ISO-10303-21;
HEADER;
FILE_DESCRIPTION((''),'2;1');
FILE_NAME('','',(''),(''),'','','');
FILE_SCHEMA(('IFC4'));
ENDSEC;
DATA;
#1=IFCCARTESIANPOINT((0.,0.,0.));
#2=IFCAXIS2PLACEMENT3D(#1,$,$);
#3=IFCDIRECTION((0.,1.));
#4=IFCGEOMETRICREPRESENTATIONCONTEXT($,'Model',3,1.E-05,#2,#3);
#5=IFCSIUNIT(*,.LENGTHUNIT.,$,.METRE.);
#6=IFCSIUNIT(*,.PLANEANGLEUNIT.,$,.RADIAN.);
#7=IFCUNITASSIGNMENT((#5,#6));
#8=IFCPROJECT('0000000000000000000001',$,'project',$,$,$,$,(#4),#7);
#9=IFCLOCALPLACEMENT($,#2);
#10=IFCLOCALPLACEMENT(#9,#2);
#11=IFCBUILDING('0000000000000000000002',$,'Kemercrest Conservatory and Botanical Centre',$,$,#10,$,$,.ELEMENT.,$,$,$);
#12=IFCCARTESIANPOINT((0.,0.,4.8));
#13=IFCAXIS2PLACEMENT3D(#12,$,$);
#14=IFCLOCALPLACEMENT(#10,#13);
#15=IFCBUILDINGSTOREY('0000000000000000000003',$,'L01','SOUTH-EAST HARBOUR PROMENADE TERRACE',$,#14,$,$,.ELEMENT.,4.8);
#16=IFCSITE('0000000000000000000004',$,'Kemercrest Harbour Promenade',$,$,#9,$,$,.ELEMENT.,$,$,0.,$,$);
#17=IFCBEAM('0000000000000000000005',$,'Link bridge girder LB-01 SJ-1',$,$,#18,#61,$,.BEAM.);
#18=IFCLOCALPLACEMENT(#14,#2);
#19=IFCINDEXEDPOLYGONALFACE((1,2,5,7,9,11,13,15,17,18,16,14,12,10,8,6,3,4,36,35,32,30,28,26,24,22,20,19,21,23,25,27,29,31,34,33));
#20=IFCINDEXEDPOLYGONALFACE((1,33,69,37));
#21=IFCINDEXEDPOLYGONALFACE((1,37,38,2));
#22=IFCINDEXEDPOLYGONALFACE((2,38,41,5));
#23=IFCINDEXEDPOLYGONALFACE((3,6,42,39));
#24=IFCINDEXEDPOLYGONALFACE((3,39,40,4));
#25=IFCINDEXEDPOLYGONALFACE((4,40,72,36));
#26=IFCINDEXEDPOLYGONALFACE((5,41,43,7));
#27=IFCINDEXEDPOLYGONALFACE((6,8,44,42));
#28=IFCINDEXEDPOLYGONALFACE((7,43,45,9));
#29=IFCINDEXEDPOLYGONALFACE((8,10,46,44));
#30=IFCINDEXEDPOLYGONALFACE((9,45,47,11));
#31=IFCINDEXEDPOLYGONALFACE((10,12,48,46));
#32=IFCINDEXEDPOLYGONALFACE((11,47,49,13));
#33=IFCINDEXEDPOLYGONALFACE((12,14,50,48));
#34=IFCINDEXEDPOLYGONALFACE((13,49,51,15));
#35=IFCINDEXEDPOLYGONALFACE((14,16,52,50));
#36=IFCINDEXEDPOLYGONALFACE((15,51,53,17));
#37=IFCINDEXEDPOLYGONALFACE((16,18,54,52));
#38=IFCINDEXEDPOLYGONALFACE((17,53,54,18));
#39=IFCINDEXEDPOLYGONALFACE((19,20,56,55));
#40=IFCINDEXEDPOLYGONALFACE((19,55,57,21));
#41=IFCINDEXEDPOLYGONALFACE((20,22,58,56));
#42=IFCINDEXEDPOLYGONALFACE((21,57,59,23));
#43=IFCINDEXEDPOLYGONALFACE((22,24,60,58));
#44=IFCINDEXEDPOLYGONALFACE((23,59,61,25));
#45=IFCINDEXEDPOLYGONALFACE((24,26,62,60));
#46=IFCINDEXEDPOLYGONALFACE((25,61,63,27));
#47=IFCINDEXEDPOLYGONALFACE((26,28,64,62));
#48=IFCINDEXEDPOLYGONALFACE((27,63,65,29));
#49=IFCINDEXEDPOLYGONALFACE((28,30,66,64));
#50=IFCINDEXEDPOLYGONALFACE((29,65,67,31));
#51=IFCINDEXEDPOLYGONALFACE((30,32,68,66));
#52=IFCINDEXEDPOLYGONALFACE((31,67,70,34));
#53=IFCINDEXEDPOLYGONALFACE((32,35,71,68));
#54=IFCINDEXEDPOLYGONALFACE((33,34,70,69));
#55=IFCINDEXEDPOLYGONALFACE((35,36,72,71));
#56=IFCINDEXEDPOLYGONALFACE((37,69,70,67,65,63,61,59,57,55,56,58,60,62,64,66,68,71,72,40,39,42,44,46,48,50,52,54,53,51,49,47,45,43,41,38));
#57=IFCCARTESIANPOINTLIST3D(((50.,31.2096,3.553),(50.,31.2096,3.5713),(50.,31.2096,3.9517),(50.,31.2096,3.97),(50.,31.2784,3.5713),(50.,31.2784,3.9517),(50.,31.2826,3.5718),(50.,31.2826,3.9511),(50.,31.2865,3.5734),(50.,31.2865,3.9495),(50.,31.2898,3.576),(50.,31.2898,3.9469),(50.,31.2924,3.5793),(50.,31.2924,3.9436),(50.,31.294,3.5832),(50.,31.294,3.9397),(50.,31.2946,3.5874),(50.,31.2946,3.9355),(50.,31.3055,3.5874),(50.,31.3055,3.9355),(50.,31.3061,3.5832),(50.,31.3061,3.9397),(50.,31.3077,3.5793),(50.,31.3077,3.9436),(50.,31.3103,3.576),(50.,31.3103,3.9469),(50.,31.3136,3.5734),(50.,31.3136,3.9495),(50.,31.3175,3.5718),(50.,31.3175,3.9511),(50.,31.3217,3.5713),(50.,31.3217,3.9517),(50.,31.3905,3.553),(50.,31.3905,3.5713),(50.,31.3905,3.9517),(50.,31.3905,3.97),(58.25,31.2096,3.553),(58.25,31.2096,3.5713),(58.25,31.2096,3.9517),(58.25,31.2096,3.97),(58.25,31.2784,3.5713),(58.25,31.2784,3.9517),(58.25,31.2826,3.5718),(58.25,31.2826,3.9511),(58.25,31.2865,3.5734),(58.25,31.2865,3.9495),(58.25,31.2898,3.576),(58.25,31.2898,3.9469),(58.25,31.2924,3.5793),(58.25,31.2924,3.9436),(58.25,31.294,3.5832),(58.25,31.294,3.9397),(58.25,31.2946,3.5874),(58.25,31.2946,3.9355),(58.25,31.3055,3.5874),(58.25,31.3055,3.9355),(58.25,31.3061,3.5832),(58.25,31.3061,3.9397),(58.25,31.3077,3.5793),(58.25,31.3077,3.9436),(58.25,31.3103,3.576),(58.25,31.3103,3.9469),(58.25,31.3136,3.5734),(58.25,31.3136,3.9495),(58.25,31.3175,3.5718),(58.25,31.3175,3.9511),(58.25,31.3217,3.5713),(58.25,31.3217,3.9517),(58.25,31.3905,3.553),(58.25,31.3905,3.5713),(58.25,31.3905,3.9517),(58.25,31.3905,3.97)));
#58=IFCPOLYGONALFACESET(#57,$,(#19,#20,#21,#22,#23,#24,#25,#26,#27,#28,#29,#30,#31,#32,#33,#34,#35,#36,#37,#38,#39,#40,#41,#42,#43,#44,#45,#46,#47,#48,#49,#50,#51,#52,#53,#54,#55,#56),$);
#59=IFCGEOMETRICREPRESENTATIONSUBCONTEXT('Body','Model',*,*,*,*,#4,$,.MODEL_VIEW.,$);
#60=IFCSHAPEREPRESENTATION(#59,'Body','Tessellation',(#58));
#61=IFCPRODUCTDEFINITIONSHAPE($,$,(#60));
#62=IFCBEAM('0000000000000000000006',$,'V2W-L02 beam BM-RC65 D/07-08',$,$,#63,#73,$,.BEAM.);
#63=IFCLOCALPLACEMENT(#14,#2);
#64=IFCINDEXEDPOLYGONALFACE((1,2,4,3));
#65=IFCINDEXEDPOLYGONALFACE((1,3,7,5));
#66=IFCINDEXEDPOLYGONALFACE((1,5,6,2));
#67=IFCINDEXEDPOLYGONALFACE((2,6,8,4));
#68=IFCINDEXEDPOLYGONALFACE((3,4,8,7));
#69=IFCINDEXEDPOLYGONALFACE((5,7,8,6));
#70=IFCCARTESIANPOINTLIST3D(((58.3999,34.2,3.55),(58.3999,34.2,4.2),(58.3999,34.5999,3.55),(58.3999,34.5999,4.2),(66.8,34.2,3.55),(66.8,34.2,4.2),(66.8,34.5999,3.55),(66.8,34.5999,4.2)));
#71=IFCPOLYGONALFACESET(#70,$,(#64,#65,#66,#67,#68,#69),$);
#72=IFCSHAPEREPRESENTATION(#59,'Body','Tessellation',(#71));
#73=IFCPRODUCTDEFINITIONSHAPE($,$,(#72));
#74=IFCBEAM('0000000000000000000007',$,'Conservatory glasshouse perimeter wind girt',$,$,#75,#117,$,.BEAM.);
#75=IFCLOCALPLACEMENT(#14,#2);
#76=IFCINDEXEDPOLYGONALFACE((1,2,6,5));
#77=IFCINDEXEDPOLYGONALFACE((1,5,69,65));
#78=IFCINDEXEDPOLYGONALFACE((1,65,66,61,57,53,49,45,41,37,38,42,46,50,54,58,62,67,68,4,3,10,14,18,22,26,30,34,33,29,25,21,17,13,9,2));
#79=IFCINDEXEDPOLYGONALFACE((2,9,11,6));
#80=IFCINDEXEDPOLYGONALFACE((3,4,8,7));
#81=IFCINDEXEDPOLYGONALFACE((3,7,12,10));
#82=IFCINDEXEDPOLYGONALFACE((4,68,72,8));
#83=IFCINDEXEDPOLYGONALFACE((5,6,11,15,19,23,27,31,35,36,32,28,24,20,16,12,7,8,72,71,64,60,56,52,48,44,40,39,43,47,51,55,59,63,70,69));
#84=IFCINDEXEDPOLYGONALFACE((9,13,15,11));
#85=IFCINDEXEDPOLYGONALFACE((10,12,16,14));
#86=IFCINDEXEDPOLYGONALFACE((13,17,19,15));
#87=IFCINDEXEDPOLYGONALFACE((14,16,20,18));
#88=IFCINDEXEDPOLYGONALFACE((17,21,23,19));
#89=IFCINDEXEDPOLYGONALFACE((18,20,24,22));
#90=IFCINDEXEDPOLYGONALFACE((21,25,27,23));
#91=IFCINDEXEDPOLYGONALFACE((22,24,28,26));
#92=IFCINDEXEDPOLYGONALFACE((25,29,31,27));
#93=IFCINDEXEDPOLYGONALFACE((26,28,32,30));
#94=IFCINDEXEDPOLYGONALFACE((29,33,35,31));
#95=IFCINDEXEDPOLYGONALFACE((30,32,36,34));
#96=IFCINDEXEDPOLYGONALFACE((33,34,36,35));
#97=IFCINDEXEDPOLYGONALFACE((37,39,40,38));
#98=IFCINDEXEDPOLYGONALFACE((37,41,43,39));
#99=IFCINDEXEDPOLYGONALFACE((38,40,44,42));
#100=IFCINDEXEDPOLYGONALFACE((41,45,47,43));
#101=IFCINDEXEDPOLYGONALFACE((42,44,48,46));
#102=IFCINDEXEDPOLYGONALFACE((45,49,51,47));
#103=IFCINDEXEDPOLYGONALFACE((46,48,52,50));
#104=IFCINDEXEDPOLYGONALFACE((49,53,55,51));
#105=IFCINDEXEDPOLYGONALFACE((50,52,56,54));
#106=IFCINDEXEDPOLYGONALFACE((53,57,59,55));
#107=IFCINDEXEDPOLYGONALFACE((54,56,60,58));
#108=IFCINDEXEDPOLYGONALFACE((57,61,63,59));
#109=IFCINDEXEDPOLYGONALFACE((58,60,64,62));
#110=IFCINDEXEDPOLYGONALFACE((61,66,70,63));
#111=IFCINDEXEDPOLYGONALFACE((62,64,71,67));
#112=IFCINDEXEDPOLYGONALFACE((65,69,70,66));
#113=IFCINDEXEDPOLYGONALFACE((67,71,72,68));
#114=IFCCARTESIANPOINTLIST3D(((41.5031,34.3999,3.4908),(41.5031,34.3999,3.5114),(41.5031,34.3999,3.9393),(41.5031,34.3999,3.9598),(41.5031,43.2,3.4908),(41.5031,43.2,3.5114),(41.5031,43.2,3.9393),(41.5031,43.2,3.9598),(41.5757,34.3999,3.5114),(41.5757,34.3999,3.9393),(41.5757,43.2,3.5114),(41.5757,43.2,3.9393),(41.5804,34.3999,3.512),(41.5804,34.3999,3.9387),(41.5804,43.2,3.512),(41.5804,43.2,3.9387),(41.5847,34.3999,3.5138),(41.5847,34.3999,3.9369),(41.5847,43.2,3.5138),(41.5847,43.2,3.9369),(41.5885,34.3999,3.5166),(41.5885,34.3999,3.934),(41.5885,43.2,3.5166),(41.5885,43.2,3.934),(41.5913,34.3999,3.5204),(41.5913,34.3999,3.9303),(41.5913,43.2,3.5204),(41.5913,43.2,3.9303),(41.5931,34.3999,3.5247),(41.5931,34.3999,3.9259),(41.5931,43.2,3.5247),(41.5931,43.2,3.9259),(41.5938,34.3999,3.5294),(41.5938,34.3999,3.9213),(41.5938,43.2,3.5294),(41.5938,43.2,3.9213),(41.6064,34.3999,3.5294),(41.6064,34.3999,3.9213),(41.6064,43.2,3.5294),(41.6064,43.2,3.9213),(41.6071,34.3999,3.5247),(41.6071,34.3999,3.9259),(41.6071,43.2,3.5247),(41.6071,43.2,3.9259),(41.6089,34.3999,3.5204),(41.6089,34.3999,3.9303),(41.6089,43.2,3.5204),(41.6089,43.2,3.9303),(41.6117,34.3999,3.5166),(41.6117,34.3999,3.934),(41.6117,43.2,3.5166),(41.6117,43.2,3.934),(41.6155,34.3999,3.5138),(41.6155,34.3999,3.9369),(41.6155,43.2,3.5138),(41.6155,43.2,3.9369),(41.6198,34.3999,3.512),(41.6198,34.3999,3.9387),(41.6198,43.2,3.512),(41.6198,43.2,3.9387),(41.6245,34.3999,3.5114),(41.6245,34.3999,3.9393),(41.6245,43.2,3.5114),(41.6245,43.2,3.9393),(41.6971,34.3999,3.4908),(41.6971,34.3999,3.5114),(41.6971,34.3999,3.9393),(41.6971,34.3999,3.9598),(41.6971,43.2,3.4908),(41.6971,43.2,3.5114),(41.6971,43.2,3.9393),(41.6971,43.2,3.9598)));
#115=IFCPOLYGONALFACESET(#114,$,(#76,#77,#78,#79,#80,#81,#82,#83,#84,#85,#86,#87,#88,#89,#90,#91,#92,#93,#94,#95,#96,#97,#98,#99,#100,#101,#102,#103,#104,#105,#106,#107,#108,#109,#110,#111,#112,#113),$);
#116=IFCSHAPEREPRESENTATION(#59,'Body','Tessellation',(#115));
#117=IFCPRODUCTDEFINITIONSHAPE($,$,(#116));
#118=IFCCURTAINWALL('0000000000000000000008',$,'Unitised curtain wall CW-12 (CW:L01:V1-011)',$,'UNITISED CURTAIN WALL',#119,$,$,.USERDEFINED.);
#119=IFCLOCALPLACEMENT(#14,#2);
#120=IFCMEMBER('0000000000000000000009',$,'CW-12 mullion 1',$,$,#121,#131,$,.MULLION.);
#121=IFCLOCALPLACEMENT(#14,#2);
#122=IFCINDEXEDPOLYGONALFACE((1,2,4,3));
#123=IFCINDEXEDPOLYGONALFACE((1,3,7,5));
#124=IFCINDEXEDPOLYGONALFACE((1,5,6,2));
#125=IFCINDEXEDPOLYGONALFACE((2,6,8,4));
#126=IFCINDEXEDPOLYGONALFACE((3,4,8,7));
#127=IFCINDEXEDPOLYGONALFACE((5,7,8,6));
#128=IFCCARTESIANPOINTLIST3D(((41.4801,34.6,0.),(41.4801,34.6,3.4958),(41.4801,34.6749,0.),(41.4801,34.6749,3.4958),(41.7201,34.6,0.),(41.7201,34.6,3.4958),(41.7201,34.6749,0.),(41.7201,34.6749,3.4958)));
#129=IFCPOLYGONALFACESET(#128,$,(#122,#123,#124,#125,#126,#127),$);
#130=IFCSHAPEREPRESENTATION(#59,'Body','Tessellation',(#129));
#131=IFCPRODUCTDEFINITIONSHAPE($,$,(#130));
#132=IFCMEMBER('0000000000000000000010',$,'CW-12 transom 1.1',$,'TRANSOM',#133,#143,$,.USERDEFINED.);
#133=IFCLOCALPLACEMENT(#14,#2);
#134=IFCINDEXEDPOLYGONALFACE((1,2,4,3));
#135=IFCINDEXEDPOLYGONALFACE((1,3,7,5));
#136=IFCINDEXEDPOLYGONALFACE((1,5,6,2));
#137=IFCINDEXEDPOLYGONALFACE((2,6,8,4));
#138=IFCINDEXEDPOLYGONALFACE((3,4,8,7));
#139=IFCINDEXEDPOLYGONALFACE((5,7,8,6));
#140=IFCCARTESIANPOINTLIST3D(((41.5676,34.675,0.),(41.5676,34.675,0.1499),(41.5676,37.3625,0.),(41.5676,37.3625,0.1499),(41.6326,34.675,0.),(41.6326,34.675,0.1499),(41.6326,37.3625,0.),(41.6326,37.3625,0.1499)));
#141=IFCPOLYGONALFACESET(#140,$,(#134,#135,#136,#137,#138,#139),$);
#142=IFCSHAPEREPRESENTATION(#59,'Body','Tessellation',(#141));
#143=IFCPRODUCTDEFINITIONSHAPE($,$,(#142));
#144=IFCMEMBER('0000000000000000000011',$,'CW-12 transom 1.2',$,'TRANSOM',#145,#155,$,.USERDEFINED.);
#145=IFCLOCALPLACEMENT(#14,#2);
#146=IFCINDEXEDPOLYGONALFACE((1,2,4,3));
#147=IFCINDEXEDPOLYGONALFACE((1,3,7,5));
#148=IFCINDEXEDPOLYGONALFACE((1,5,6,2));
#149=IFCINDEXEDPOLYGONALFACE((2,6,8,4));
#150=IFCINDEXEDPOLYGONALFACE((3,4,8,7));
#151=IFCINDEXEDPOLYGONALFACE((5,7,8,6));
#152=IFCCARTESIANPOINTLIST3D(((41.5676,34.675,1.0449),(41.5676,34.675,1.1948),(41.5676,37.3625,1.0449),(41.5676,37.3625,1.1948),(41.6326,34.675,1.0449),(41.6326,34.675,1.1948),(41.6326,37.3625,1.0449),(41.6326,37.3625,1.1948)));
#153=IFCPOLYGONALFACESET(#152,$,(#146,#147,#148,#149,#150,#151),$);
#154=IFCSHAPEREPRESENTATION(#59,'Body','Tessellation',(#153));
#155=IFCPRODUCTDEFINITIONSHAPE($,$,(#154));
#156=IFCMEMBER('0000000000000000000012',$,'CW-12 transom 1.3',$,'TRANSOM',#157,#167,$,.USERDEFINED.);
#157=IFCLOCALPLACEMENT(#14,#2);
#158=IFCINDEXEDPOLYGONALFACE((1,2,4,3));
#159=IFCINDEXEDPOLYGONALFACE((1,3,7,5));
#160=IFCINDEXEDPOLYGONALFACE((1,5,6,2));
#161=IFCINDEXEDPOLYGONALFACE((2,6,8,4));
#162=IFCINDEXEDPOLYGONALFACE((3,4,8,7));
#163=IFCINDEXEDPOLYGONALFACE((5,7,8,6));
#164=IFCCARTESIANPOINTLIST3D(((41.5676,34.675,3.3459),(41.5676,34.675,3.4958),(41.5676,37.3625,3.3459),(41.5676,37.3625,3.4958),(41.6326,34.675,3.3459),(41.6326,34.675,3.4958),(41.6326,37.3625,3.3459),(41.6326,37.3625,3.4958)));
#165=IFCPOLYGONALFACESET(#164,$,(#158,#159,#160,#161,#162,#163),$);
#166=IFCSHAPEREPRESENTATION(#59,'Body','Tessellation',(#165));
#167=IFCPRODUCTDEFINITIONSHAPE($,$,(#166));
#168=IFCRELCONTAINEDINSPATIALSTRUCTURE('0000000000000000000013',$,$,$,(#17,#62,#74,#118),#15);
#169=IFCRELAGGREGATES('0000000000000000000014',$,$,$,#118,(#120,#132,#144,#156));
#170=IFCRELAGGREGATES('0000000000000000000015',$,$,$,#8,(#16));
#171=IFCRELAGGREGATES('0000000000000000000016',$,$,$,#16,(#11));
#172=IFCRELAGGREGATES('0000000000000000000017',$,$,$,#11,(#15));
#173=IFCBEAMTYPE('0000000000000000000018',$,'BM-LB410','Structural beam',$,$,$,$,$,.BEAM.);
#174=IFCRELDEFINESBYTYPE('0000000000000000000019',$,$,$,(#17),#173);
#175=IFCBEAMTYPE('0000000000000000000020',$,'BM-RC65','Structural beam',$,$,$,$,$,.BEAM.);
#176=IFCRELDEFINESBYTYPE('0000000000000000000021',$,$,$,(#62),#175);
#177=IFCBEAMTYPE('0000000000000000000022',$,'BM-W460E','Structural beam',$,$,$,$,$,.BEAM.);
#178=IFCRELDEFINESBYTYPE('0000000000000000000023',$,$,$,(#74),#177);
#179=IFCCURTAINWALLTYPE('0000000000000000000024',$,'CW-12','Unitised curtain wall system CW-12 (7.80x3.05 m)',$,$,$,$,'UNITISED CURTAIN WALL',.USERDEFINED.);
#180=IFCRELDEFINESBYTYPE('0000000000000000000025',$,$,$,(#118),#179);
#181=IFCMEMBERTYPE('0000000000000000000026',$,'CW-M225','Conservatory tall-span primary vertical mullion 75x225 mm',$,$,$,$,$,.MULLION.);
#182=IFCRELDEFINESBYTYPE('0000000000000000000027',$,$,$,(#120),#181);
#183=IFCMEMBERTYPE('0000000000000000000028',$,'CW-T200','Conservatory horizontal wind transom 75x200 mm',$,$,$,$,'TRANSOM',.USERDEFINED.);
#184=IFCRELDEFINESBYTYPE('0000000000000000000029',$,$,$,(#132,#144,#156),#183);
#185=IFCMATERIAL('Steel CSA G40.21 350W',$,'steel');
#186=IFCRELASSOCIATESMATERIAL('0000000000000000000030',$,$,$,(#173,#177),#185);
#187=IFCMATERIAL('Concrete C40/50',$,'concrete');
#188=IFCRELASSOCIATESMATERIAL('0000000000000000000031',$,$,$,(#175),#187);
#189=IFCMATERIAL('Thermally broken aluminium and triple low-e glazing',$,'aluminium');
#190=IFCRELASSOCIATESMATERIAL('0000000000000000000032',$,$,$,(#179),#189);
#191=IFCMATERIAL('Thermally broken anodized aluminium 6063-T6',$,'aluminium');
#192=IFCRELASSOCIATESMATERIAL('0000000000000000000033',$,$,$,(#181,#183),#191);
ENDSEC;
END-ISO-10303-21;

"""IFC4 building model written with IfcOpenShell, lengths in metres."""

from ifc_helpers import new_model, si_unit, direction, frame, origin, origin_2d, place, context, subcontext, project, spatial, rectangle, i_section, extrude, material, material_profile, profile_set, type_object, element, aggregate, save


model = new_model("IFC4")

# Units and contexts
model_context = context("Model", 3, precision=1e-05, world=origin(), true_north=direction((0.0, 1.0)))
body_context = subcontext(model_context, "Body", "Model", "MODEL_VIEW")
ifc_project = project(units=[si_unit("LENGTHUNIT", "METRE"), si_unit("PLANEANGLEUNIT", "RADIAN")], contexts=[model_context])

# Site, building, storey
site_placement = place(None, origin())
site = spatial("IfcSite", under=ifc_project, at=site_placement, Name="Kemercrest Harbour Promenade", CompositionType="ELEMENT", RefElevation=0.0)
building_placement = place(site_placement, origin())
building = spatial("IfcBuilding", under=site, at=building_placement, Name="Kemercrest Conservatory and Botanical Centre", CompositionType="ELEMENT")
storey_placement = place(building_placement, frame((0.0, 0.0, 4.8)))
storey = spatial("IfcBuildingStorey", under=building, at=storey_placement, Name="L01", Description="SOUTH-EAST HARBOUR PROMENADE TERRACE", CompositionType="ELEMENT", Elevation=4.8)

# Shared definitions
ifc_material_1 = material(Name="Concrete C40/50", Category="concrete")
ifc_material_2 = material(Name="Steel CSA G40.21 350W", Category="steel")

# Beams
ifc_material_profile_1 = material_profile(ifc_material_2, i_section(OverallWidth=0.1809, OverallDepth=0.417, WebThickness=0.011, FlangeThickness=0.0183, FilletRadius=0.0161, at=origin_2d()), Name="W410X85")
ifc_profile_set_1 = profile_set([ifc_material_profile_1], Name="Steel CSA G40.21 350W")
beam_type_1 = type_object("IfcBeamType", Name="BM-LB410", Description="Structural beam", PredefinedType="BEAM", material=ifc_profile_set_1)
beam_1_placement = place(storey_placement, frame((50.0, 31.3, 3.7615), z_axis=(1.0, 0.0, 0.0), x_axis=(0.0, 1.0, 0.0)))
element("IfcBeam", 1, at=beam_1_placement, inside=storey, type_object=beam_type_1, Name="Link bridge girder LB-01 SJ-1", PredefinedType="BEAM", context=body_context, shape_type="SweptSolid", body=[
    extrude(i_section(OverallWidth=0.1809, OverallDepth=0.417, WebThickness=0.011, FlangeThickness=0.0183, FilletRadius=0.0161, at=origin_2d()), origin(), (0.0, 0.0, 1.0), 8.25),
])
ifc_material_profile_2 = material_profile(ifc_material_1, rectangle(XDim=0.3999, YDim=0.6499, at=origin_2d()), Name="RC 400x650")
ifc_profile_set_2 = profile_set([ifc_material_profile_2], Name="Concrete C40/50")
beam_type_2 = type_object("IfcBeamType", Name="BM-RC65", Description="Structural beam", PredefinedType="BEAM", material=ifc_profile_set_2)
beam_2_placement = place(storey_placement, frame((58.3999, 34.3999, 3.875), z_axis=(1.0, 0.0, 0.0), x_axis=(0.0, 1.0, 0.0)))
element("IfcBeam", 2, at=beam_2_placement, inside=storey, type_object=beam_type_2, Name="V2W-L02 beam BM-RC65 D/07-08", PredefinedType="BEAM", context=body_context, shape_type="SweptSolid", body=[
    extrude(rectangle(XDim=0.3999, YDim=0.6499, at=origin_2d()), origin(), (0.0, 0.0, 1.0), 8.4001),
])
ifc_material_profile_3 = material_profile(ifc_material_2, i_section(OverallWidth=0.1941, OverallDepth=0.469, WebThickness=0.0127, FlangeThickness=0.0205, FilletRadius=0.0181, at=origin_2d()), Name="W460X106")
ifc_profile_set_3 = profile_set([ifc_material_profile_3], Name="Steel CSA G40.21 350W")
beam_type_3 = type_object("IfcBeamType", Name="BM-W460E", Description="Structural beam", PredefinedType="BEAM", material=ifc_profile_set_3)
beam_3_placement = place(storey_placement, frame((41.6001, 34.3999, 3.7253), z_axis=(0.0, 1.0, 0.0), x_axis=(-1.0, 0.0, 0.0)))
element("IfcBeam", 3, at=beam_3_placement, inside=storey, type_object=beam_type_3, Name="Conservatory glasshouse perimeter wind girt", PredefinedType="BEAM", context=body_context, shape_type="SweptSolid", body=[
    extrude(i_section(OverallWidth=0.1941, OverallDepth=0.469, WebThickness=0.0127, FlangeThickness=0.0205, FilletRadius=0.0181, at=origin_2d()), origin(), (0.0, 0.0, 1.0), 8.8),
])

# Curtain wall, members
ifc_material_3 = material(Name="Thermally broken aluminium and triple low-e glazing", Category="aluminium")
curtain_wall_type = type_object("IfcCurtainWallType", Name="CW-12", Description="Unitised curtain wall system CW-12 (7.80x3.05 m)", ElementType="UNITISED CURTAIN WALL", PredefinedType="USERDEFINED", material=ifc_material_3)
curtain_wall_placement = place(storey_placement, origin())
curtain_wall = element("IfcCurtainWall", 4, at=curtain_wall_placement, inside=storey, type_object=curtain_wall_type, Name="Unitised curtain wall CW-12 (CW:L01:V1-011)", ObjectType="UNITISED CURTAIN WALL", PredefinedType="USERDEFINED")
ifc_material_4 = material(Name="Thermally broken anodized aluminium 6063-T6", Category="aluminium")
ifc_material_profile_4 = material_profile(ifc_material_4, rectangle(XDim=0.24, YDim=0.075, at=origin_2d()), Name="AL MULLION 75x240")
ifc_profile_set_4 = profile_set([ifc_material_profile_4], Name="Thermally broken anodized aluminium 6063-T6")
member_type_1 = type_object("IfcMemberType", Name="CW-M225", Description="Conservatory tall-span primary vertical mullion 75x225 mm", PredefinedType="MULLION", material=ifc_profile_set_4)
member_1_placement = place(storey_placement, frame((41.6001, 34.6375, 0.0), z_axis=(0.0, 0.0, 1.0), x_axis=(-1.0, 0.0, 0.0)))
member_1 = element("IfcMember", 5, at=member_1_placement, type_object=member_type_1, Name="CW-12 mullion 1", PredefinedType="MULLION", context=body_context, shape_type="SweptSolid", body=[
    extrude(rectangle(XDim=0.24, YDim=0.075, at=origin_2d()), origin(), (0.0, 0.0, 1.0), 3.4958),
])
ifc_material_profile_5 = material_profile(ifc_material_4, rectangle(XDim=0.0649, YDim=0.1499, at=origin_2d()), Name="AL TRANSOM 65x150")
ifc_profile_set_5 = profile_set([ifc_material_profile_5], Name="Thermally broken anodized aluminium 6063-T6")
member_type_2 = type_object("IfcMemberType", Name="CW-T200", Description="Conservatory horizontal wind transom 75x200 mm", ElementType="TRANSOM", PredefinedType="USERDEFINED", material=ifc_profile_set_5)
member_2_placement = place(storey_placement, frame((41.6001, 34.675, 0.075), z_axis=(0.0, 1.0, 0.0), x_axis=(-1.0, 0.0, 0.0)))
member_2 = element("IfcMember", 6, at=member_2_placement, type_object=member_type_2, Name="CW-12 transom 1.1", ObjectType="TRANSOM", PredefinedType="USERDEFINED", context=body_context, shape_type="SweptSolid", body=[
    extrude(rectangle(XDim=0.0649, YDim=0.1499, at=origin_2d()), origin(), (0.0, 0.0, 1.0), 2.6875),
])
member_3_placement = place(storey_placement, frame((41.6001, 34.675, 1.1199), z_axis=(0.0, 1.0, 0.0), x_axis=(-1.0, 0.0, 0.0)))
member_3 = element("IfcMember", 7, at=member_3_placement, type_object=member_type_2, Name="CW-12 transom 1.2", ObjectType="TRANSOM", PredefinedType="USERDEFINED", context=body_context, shape_type="SweptSolid", body=[
    extrude(rectangle(XDim=0.0649, YDim=0.1499, at=origin_2d()), origin(), (0.0, 0.0, 1.0), 2.6875),
])
member_4_placement = place(storey_placement, frame((41.6001, 34.675, 3.4209), z_axis=(0.0, 1.0, 0.0), x_axis=(-1.0, 0.0, 0.0)))
member_4 = element("IfcMember", 8, at=member_4_placement, type_object=member_type_2, Name="CW-12 transom 1.3", ObjectType="TRANSOM", PredefinedType="USERDEFINED", context=body_context, shape_type="SweptSolid", body=[
    extrude(rectangle(XDim=0.0649, YDim=0.1499, at=origin_2d()), origin(), (0.0, 0.0, 1.0), 2.6875),
])

aggregate(curtain_wall, [member_1, member_2, member_3, member_4])

save(model, "model.ifc")
